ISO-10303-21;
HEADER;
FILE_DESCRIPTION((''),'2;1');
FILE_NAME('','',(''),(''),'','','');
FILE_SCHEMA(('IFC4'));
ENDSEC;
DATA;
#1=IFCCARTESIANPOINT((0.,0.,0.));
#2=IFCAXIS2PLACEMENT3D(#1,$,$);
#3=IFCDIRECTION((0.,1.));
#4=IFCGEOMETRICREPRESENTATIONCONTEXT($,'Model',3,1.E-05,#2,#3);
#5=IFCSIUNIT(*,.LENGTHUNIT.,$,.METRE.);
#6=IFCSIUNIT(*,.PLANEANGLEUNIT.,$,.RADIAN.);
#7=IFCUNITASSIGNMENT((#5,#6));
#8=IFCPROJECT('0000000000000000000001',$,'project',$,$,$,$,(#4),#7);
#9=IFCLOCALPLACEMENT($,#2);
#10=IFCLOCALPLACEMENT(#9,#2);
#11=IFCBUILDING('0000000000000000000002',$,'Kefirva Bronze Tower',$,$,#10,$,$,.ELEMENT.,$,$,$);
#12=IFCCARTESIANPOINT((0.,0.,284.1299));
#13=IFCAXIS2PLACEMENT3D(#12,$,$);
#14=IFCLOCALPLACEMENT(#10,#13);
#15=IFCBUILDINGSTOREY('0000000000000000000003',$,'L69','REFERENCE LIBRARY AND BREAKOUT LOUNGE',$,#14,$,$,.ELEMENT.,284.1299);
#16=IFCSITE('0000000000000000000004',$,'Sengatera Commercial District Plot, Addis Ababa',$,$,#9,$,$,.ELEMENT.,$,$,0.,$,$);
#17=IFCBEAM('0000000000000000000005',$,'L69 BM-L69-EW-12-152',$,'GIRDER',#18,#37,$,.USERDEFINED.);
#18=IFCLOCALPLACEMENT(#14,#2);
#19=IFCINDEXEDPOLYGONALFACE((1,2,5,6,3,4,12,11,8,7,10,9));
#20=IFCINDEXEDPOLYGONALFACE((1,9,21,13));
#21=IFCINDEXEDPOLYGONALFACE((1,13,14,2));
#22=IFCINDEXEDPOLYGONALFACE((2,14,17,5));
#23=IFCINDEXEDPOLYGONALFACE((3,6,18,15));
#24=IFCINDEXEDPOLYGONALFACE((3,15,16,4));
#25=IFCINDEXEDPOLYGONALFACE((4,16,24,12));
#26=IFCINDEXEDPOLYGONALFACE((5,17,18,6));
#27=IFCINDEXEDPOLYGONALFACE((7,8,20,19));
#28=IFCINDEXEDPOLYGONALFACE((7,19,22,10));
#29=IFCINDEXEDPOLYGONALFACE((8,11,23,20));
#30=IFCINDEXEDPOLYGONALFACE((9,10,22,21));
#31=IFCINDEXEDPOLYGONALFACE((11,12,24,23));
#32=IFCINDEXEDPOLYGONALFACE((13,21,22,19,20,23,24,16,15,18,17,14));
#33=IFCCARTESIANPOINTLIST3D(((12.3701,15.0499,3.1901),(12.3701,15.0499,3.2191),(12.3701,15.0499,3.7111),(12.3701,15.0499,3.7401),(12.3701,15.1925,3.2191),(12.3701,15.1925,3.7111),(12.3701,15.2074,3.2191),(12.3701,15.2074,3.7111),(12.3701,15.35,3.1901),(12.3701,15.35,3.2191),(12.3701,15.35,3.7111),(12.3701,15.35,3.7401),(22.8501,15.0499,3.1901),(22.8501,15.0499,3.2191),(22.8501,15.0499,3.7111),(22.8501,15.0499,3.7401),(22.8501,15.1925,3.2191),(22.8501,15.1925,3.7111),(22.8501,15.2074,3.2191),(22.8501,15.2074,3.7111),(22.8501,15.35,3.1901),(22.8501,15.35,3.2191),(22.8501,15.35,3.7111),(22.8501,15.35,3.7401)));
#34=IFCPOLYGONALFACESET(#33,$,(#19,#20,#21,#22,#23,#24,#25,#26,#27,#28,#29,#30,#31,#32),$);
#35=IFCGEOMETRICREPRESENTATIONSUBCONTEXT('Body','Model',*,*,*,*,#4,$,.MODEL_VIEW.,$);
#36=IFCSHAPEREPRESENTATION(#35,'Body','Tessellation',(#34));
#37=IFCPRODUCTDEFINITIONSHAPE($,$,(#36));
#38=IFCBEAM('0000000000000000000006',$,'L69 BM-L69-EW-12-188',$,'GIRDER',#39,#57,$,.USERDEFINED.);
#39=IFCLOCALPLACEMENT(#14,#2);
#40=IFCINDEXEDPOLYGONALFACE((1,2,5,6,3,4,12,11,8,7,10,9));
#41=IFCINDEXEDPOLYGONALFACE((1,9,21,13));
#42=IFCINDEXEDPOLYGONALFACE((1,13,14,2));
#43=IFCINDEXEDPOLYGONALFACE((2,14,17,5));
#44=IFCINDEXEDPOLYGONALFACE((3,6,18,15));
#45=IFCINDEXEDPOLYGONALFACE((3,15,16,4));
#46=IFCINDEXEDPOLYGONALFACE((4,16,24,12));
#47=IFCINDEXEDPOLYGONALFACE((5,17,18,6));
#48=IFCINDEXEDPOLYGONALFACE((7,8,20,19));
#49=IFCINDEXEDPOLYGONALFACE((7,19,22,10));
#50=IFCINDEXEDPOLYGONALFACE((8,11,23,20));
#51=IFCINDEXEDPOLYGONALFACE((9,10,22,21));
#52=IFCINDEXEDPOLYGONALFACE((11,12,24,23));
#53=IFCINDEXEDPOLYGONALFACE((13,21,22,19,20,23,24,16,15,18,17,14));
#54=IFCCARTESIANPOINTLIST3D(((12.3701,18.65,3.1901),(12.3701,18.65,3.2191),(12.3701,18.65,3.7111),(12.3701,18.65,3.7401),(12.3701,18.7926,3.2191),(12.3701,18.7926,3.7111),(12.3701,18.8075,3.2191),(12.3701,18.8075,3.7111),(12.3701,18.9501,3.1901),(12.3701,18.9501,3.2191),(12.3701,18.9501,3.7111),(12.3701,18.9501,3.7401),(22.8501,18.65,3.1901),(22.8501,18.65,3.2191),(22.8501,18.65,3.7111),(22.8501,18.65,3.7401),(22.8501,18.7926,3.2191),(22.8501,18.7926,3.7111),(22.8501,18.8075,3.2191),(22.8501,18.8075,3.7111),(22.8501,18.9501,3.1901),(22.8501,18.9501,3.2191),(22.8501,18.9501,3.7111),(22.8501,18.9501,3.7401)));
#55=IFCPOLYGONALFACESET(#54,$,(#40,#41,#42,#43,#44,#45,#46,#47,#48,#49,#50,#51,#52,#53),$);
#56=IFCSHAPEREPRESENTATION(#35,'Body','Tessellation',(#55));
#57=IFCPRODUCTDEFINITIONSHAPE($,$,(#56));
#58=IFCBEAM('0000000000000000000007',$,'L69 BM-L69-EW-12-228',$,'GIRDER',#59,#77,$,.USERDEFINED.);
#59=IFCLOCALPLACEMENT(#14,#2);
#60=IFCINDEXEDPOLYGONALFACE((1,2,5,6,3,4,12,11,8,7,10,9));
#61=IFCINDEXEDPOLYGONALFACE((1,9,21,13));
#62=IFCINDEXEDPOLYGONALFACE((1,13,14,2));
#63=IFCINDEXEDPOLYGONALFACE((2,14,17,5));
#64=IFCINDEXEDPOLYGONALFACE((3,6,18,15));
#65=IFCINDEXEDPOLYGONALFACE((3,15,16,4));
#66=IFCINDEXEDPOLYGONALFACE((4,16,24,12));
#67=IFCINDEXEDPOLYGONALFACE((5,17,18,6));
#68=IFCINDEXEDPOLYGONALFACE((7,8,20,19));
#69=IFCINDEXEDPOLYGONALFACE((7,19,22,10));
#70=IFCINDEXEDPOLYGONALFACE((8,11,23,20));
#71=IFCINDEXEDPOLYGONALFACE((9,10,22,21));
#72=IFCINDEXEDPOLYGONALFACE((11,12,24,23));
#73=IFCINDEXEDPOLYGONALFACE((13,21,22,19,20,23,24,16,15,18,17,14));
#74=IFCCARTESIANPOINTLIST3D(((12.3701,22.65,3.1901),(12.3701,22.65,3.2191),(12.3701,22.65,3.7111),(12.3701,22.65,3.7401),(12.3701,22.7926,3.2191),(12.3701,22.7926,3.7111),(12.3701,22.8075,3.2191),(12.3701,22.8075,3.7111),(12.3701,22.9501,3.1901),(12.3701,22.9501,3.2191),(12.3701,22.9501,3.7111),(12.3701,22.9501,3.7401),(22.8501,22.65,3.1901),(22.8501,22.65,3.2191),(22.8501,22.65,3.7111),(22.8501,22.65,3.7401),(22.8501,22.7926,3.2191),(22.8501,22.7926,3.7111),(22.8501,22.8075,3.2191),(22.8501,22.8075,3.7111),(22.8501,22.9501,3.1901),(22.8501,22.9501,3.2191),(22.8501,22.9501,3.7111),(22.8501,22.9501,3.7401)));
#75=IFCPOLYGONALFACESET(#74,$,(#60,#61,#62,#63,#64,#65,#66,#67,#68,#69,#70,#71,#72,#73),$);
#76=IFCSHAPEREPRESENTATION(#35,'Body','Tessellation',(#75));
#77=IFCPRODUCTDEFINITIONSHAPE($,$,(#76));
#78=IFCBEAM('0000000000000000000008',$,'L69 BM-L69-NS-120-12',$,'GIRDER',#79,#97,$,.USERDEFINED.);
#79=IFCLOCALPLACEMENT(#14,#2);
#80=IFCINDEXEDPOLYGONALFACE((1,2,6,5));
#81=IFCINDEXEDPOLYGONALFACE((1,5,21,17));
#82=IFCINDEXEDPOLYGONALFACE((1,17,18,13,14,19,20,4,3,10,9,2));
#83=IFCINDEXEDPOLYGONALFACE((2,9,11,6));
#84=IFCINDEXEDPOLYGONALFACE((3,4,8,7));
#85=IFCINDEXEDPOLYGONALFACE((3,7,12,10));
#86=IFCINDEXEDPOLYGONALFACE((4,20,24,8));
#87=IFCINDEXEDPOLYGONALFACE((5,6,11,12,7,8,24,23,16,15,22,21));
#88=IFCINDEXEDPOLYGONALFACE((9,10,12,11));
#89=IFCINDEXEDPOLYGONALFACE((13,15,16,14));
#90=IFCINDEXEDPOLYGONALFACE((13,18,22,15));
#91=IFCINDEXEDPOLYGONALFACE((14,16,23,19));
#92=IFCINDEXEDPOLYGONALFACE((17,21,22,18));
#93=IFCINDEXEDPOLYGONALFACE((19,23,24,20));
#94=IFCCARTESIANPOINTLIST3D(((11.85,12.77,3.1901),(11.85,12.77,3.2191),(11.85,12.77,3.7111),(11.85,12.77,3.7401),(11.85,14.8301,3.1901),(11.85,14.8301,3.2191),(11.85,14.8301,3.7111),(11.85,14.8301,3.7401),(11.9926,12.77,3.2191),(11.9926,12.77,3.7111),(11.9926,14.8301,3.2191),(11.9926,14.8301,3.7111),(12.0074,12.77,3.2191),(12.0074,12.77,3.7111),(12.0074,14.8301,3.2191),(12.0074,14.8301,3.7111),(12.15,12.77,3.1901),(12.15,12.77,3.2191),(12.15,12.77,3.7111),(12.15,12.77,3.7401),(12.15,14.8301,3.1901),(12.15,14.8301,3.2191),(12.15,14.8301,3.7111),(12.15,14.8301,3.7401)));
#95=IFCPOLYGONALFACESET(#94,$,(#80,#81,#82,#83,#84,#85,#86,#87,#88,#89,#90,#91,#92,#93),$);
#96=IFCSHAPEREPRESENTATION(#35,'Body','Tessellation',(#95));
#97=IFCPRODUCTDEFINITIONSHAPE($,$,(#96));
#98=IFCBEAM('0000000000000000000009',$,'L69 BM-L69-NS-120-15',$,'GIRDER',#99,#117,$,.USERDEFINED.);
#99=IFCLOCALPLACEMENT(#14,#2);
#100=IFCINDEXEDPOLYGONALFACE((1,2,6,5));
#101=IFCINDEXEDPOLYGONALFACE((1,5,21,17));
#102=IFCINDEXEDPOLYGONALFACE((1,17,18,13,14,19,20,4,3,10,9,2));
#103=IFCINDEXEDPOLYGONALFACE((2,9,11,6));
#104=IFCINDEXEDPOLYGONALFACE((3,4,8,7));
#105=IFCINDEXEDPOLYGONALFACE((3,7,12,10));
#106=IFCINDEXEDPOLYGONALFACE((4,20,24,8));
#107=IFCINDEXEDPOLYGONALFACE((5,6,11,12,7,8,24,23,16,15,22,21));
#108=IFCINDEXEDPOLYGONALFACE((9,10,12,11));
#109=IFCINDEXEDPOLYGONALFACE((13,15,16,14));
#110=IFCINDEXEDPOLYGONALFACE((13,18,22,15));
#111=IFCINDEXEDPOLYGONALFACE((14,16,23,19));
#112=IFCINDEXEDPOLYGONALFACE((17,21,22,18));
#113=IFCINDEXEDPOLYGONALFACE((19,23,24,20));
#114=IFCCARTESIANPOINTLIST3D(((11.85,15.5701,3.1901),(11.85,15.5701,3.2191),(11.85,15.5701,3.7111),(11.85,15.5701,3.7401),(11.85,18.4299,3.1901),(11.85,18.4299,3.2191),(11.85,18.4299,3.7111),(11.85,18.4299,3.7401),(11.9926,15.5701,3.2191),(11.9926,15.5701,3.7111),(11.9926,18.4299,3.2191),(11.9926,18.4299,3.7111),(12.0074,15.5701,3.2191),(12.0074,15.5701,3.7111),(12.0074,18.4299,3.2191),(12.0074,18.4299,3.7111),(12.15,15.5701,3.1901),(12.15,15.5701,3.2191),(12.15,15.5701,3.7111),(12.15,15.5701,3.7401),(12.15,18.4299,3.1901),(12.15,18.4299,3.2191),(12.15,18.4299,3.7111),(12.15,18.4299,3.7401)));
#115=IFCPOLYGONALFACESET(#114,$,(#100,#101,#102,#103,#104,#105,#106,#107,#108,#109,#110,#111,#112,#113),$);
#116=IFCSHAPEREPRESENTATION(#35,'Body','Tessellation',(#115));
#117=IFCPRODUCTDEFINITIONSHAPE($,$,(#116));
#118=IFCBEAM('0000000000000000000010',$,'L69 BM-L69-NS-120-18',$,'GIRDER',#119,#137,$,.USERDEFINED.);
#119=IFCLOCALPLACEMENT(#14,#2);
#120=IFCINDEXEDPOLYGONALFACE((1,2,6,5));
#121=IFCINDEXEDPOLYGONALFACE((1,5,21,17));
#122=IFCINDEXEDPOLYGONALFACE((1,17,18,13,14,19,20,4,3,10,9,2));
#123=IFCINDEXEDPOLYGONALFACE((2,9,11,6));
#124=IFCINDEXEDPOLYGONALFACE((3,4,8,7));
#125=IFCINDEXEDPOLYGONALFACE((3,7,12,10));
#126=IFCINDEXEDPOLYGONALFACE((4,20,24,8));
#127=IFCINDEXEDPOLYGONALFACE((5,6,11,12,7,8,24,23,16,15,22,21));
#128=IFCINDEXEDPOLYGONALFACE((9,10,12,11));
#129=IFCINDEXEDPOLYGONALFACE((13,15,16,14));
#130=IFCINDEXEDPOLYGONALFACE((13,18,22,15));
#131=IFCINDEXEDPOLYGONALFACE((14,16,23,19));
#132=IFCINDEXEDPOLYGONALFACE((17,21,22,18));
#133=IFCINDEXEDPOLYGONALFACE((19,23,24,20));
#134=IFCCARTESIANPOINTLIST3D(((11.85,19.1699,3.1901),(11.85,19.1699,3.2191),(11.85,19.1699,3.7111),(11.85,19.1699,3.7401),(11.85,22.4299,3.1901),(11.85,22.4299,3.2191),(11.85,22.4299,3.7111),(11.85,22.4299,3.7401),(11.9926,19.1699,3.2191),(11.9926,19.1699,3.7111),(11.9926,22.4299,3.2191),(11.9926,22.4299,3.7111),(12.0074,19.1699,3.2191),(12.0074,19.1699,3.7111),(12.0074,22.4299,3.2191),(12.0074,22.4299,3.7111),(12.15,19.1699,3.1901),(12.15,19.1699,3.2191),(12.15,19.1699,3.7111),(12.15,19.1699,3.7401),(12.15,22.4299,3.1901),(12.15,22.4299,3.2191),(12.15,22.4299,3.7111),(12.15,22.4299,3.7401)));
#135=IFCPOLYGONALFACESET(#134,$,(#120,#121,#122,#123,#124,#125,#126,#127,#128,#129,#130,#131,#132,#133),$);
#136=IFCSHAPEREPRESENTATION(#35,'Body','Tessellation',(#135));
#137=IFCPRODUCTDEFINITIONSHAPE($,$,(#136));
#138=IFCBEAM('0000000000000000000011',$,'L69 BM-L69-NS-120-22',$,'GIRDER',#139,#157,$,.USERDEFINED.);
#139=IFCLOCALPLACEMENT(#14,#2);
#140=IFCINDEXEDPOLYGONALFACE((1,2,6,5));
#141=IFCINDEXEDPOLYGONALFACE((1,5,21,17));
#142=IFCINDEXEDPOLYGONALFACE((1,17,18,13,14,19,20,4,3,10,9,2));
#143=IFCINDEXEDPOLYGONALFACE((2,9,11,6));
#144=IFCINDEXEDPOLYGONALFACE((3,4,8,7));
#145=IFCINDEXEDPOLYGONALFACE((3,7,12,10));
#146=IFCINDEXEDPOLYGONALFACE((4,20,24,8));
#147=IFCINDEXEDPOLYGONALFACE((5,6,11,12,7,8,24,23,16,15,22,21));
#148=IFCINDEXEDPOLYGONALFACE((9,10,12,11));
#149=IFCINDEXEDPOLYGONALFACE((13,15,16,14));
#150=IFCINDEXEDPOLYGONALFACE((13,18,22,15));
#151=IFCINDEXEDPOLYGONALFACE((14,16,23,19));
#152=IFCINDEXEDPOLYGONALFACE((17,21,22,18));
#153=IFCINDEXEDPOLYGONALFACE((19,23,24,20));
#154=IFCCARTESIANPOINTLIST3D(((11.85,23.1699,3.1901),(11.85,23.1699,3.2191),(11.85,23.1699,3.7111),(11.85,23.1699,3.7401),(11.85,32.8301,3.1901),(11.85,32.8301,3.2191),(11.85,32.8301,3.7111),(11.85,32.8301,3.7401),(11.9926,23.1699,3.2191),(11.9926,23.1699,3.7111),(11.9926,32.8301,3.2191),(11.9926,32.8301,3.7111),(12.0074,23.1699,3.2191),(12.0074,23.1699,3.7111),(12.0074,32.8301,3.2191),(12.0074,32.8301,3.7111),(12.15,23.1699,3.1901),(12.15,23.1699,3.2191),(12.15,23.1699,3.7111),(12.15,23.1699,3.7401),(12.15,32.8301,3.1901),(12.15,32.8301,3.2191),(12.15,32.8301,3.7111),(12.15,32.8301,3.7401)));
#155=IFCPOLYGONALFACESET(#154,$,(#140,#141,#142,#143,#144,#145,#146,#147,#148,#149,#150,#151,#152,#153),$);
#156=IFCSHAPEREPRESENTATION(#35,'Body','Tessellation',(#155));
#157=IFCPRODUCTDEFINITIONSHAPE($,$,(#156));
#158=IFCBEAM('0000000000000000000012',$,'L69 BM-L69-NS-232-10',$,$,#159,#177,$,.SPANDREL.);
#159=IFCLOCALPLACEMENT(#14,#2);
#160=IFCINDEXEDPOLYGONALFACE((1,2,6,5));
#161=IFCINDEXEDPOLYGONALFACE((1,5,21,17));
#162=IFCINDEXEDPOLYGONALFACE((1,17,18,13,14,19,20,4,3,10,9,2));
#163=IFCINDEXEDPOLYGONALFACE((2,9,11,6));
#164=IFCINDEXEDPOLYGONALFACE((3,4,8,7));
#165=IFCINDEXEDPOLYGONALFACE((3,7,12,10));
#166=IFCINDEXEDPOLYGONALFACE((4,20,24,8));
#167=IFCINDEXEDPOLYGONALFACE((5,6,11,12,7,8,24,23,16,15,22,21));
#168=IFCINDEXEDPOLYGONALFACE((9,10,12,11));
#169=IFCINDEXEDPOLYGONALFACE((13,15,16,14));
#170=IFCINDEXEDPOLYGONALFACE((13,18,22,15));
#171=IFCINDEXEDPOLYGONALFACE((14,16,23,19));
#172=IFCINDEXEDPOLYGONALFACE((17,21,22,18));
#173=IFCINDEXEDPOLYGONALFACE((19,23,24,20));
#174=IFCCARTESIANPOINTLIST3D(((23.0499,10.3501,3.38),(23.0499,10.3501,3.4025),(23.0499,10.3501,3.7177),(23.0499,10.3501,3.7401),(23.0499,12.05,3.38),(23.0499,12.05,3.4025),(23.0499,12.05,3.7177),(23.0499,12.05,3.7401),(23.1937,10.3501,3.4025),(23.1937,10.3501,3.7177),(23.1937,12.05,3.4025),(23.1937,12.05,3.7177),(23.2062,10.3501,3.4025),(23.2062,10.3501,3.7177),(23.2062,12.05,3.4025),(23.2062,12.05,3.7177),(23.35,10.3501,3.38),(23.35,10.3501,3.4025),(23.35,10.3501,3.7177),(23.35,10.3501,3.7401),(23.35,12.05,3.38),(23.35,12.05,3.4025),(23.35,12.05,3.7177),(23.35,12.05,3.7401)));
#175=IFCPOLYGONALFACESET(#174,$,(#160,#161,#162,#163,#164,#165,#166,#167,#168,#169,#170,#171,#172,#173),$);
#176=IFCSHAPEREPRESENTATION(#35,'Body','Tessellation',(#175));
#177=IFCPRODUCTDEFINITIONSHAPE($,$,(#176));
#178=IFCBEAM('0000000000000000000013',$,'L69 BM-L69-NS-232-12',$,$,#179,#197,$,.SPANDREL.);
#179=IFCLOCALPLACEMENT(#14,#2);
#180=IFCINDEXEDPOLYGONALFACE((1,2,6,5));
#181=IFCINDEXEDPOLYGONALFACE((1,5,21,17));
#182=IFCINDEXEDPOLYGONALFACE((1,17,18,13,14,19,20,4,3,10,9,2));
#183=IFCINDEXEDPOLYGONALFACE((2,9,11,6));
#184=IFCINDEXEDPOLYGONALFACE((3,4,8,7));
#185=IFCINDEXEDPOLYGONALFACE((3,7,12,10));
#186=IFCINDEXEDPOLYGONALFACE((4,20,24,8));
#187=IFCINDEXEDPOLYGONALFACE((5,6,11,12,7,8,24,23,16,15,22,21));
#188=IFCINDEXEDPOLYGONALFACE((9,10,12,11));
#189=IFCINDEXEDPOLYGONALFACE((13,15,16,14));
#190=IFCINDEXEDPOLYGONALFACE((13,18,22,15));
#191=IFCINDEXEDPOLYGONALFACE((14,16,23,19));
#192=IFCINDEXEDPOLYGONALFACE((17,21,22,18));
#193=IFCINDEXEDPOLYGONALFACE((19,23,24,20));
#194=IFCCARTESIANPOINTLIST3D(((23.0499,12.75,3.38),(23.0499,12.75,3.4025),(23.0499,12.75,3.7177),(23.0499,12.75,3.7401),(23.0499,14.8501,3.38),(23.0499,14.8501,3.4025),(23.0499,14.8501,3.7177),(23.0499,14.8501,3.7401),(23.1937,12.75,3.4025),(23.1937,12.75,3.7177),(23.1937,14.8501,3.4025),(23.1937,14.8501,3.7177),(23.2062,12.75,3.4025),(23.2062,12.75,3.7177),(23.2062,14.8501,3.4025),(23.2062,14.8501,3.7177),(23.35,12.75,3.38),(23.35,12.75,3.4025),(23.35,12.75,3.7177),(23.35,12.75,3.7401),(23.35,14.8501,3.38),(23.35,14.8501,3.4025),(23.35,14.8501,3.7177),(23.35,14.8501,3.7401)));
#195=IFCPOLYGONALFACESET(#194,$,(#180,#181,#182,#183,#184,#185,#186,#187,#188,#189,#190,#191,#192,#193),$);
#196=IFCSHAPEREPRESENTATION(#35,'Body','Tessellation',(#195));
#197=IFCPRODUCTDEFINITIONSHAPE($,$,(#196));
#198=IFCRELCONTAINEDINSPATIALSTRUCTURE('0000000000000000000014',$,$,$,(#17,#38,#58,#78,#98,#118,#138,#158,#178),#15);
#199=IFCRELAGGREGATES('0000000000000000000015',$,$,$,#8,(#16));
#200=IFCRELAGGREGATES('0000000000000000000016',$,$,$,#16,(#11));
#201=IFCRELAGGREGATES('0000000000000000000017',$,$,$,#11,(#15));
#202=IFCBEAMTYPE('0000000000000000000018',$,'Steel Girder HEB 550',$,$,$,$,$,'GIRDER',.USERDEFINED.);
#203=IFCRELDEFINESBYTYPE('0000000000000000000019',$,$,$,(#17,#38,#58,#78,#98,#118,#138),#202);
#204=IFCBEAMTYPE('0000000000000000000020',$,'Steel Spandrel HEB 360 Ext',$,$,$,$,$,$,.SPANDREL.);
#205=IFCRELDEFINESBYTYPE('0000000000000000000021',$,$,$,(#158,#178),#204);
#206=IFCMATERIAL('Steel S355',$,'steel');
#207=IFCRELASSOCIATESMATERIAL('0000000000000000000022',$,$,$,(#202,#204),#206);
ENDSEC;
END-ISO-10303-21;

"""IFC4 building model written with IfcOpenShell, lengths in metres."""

from ifc_helpers import new_model, si_unit, direction, frame, origin, origin_2d, place, context, subcontext, project, spatial, i_section, extrude, material, material_profile, profile_set, type_object, element, save


model = new_model("IFC4")

# Units and contexts
model_context = context("Model", 3, precision=1e-05, world=origin(), true_north=direction((0.0, 1.0)))
body_context = subcontext(model_context, "Body", "Model", "MODEL_VIEW")
ifc_project = project(units=[si_unit("LENGTHUNIT", "METRE"), si_unit("PLANEANGLEUNIT", "RADIAN")], contexts=[model_context])

# Site, building, storey
site_placement = place(None, origin())
site = spatial("IfcSite", under=ifc_project, at=site_placement, Name="Sengatera Commercial District Plot, Addis Ababa", CompositionType="ELEMENT", RefElevation=0.0)
building_placement = place(site_placement, origin())
building = spatial("IfcBuilding", under=site, at=building_placement, Name="Kefirva Bronze Tower", CompositionType="ELEMENT")
storey_placement = place(building_placement, frame((0.0, 0.0, 284.1299)))
storey = spatial("IfcBuildingStorey", under=building, at=storey_placement, Name="L69", Description="REFERENCE LIBRARY AND BREAKOUT LOUNGE", CompositionType="ELEMENT", Elevation=284.1299)

# Beams
ifc_material_1 = material(Name="Steel S355", Category="steel")
ifc_material_profile_1 = material_profile(ifc_material_1, i_section(OverallWidth=0.3, OverallDepth=0.55, WebThickness=0.0149, FlangeThickness=0.0291, at=origin_2d()), Name="HEB 550")
ifc_profile_set_1 = profile_set([ifc_material_profile_1], Name="Steel S355")
beam_type_1 = type_object("IfcBeamType", Name="Steel Girder HEB 550", ElementType="GIRDER", PredefinedType="USERDEFINED", material=ifc_profile_set_1)
for number, where, z_axis, x_axis, name in (
    (1, (12.3701, 15.2, 3.4651), (1.0, 0.0, 0.0), (0.0, 1.0, 0.0), "L69 BM-L69-EW-12-152"),
    (2, (12.3701, 18.8, 3.4651), (1.0, 0.0, 0.0), (0.0, 1.0, 0.0), "L69 BM-L69-EW-12-188"),
    (3, (12.3701, 22.8, 3.4651), (1.0, 0.0, 0.0), (0.0, 1.0, 0.0), "L69 BM-L69-EW-12-228"),
):
    element("IfcBeam", number, at=place(storey_placement, frame(where, z_axis=z_axis, x_axis=x_axis)), inside=storey, type_object=beam_type_1, Name=name, ObjectType="GIRDER", PredefinedType="USERDEFINED", context=body_context, shape_type="SweptSolid", body=[
        extrude(i_section(OverallWidth=0.3, OverallDepth=0.55, WebThickness=0.0149, FlangeThickness=0.0291, at=origin_2d()), origin(), (0.0, 0.0, 1.0), 10.48),
    ])
beam_1_placement = place(storey_placement, frame((12.0, 12.77, 3.4651), z_axis=(0.0, 1.0, 0.0), x_axis=(-1.0, 0.0, 0.0)))
element("IfcBeam", 4, at=beam_1_placement, inside=storey, type_object=beam_type_1, Name="L69 BM-L69-NS-120-12", ObjectType="GIRDER", PredefinedType="USERDEFINED", context=body_context, shape_type="SweptSolid", body=[
    extrude(i_section(OverallWidth=0.3, OverallDepth=0.55, WebThickness=0.0149, FlangeThickness=0.0291, at=origin_2d()), origin(), (0.0, 0.0, 1.0), 2.0601),
])
beam_2_placement = place(storey_placement, frame((12.0, 15.5701, 3.4651), z_axis=(0.0, 1.0, 0.0), x_axis=(-1.0, 0.0, 0.0)))
element("IfcBeam", 5, at=beam_2_placement, inside=storey, type_object=beam_type_1, Name="L69 BM-L69-NS-120-15", ObjectType="GIRDER", PredefinedType="USERDEFINED", context=body_context, shape_type="SweptSolid", body=[
    extrude(i_section(OverallWidth=0.3, OverallDepth=0.55, WebThickness=0.0149, FlangeThickness=0.0291, at=origin_2d()), origin(), (0.0, 0.0, 1.0), 2.8599),
])
beam_3_placement = place(storey_placement, frame((12.0, 19.1699, 3.4651), z_axis=(0.0, 1.0, 0.0), x_axis=(-1.0, 0.0, 0.0)))
element("IfcBeam", 6, at=beam_3_placement, inside=storey, type_object=beam_type_1, Name="L69 BM-L69-NS-120-18", ObjectType="GIRDER", PredefinedType="USERDEFINED", context=body_context, shape_type="SweptSolid", body=[
    extrude(i_section(OverallWidth=0.3, OverallDepth=0.55, WebThickness=0.0149, FlangeThickness=0.0291, at=origin_2d()), origin(), (0.0, 0.0, 1.0), 3.26),
])
beam_4_placement = place(storey_placement, frame((12.0, 23.1699, 3.4651), z_axis=(0.0, 1.0, 0.0), x_axis=(-1.0, 0.0, 0.0)))
element("IfcBeam", 7, at=beam_4_placement, inside=storey, type_object=beam_type_1, Name="L69 BM-L69-NS-120-22", ObjectType="GIRDER", PredefinedType="USERDEFINED", context=body_context, shape_type="SweptSolid", body=[
    extrude(i_section(OverallWidth=0.3, OverallDepth=0.55, WebThickness=0.0149, FlangeThickness=0.0291, at=origin_2d()), origin(), (0.0, 0.0, 1.0), 9.6602),
])
ifc_material_profile_2 = material_profile(ifc_material_1, i_section(OverallWidth=0.3, OverallDepth=0.3601, WebThickness=0.0125, FlangeThickness=0.0225, at=origin_2d()), Name="HEB 360")
ifc_profile_set_2 = profile_set([ifc_material_profile_2], Name="Steel S355")
beam_type_2 = type_object("IfcBeamType", Name="Steel Spandrel HEB 360 Ext", PredefinedType="SPANDREL", material=ifc_profile_set_2)
beam_5_placement = place(storey_placement, frame((23.2, 10.3501, 3.5601), z_axis=(0.0, 1.0, 0.0), x_axis=(-1.0, 0.0, 0.0)))
element("IfcBeam", 8, at=beam_5_placement, inside=storey, type_object=beam_type_2, Name="L69 BM-L69-NS-232-10", PredefinedType="SPANDREL", context=body_context, shape_type="SweptSolid", body=[
    extrude(i_section(OverallWidth=0.3, OverallDepth=0.3601, WebThickness=0.0125, FlangeThickness=0.0225, at=origin_2d()), origin(), (0.0, 0.0, 1.0), 1.7),
])
beam_6_placement = place(storey_placement, frame((23.2, 12.75, 3.5601), z_axis=(0.0, 1.0, 0.0), x_axis=(-1.0, 0.0, 0.0)))
element("IfcBeam", 9, at=beam_6_placement, inside=storey, type_object=beam_type_2, Name="L69 BM-L69-NS-232-12", PredefinedType="SPANDREL", context=body_context, shape_type="SweptSolid", body=[
    extrude(i_section(OverallWidth=0.3, OverallDepth=0.3601, WebThickness=0.0125, FlangeThickness=0.0225, at=origin_2d()), origin(), (0.0, 0.0, 1.0), 2.1001),
])

save(model, "model.ifc")
